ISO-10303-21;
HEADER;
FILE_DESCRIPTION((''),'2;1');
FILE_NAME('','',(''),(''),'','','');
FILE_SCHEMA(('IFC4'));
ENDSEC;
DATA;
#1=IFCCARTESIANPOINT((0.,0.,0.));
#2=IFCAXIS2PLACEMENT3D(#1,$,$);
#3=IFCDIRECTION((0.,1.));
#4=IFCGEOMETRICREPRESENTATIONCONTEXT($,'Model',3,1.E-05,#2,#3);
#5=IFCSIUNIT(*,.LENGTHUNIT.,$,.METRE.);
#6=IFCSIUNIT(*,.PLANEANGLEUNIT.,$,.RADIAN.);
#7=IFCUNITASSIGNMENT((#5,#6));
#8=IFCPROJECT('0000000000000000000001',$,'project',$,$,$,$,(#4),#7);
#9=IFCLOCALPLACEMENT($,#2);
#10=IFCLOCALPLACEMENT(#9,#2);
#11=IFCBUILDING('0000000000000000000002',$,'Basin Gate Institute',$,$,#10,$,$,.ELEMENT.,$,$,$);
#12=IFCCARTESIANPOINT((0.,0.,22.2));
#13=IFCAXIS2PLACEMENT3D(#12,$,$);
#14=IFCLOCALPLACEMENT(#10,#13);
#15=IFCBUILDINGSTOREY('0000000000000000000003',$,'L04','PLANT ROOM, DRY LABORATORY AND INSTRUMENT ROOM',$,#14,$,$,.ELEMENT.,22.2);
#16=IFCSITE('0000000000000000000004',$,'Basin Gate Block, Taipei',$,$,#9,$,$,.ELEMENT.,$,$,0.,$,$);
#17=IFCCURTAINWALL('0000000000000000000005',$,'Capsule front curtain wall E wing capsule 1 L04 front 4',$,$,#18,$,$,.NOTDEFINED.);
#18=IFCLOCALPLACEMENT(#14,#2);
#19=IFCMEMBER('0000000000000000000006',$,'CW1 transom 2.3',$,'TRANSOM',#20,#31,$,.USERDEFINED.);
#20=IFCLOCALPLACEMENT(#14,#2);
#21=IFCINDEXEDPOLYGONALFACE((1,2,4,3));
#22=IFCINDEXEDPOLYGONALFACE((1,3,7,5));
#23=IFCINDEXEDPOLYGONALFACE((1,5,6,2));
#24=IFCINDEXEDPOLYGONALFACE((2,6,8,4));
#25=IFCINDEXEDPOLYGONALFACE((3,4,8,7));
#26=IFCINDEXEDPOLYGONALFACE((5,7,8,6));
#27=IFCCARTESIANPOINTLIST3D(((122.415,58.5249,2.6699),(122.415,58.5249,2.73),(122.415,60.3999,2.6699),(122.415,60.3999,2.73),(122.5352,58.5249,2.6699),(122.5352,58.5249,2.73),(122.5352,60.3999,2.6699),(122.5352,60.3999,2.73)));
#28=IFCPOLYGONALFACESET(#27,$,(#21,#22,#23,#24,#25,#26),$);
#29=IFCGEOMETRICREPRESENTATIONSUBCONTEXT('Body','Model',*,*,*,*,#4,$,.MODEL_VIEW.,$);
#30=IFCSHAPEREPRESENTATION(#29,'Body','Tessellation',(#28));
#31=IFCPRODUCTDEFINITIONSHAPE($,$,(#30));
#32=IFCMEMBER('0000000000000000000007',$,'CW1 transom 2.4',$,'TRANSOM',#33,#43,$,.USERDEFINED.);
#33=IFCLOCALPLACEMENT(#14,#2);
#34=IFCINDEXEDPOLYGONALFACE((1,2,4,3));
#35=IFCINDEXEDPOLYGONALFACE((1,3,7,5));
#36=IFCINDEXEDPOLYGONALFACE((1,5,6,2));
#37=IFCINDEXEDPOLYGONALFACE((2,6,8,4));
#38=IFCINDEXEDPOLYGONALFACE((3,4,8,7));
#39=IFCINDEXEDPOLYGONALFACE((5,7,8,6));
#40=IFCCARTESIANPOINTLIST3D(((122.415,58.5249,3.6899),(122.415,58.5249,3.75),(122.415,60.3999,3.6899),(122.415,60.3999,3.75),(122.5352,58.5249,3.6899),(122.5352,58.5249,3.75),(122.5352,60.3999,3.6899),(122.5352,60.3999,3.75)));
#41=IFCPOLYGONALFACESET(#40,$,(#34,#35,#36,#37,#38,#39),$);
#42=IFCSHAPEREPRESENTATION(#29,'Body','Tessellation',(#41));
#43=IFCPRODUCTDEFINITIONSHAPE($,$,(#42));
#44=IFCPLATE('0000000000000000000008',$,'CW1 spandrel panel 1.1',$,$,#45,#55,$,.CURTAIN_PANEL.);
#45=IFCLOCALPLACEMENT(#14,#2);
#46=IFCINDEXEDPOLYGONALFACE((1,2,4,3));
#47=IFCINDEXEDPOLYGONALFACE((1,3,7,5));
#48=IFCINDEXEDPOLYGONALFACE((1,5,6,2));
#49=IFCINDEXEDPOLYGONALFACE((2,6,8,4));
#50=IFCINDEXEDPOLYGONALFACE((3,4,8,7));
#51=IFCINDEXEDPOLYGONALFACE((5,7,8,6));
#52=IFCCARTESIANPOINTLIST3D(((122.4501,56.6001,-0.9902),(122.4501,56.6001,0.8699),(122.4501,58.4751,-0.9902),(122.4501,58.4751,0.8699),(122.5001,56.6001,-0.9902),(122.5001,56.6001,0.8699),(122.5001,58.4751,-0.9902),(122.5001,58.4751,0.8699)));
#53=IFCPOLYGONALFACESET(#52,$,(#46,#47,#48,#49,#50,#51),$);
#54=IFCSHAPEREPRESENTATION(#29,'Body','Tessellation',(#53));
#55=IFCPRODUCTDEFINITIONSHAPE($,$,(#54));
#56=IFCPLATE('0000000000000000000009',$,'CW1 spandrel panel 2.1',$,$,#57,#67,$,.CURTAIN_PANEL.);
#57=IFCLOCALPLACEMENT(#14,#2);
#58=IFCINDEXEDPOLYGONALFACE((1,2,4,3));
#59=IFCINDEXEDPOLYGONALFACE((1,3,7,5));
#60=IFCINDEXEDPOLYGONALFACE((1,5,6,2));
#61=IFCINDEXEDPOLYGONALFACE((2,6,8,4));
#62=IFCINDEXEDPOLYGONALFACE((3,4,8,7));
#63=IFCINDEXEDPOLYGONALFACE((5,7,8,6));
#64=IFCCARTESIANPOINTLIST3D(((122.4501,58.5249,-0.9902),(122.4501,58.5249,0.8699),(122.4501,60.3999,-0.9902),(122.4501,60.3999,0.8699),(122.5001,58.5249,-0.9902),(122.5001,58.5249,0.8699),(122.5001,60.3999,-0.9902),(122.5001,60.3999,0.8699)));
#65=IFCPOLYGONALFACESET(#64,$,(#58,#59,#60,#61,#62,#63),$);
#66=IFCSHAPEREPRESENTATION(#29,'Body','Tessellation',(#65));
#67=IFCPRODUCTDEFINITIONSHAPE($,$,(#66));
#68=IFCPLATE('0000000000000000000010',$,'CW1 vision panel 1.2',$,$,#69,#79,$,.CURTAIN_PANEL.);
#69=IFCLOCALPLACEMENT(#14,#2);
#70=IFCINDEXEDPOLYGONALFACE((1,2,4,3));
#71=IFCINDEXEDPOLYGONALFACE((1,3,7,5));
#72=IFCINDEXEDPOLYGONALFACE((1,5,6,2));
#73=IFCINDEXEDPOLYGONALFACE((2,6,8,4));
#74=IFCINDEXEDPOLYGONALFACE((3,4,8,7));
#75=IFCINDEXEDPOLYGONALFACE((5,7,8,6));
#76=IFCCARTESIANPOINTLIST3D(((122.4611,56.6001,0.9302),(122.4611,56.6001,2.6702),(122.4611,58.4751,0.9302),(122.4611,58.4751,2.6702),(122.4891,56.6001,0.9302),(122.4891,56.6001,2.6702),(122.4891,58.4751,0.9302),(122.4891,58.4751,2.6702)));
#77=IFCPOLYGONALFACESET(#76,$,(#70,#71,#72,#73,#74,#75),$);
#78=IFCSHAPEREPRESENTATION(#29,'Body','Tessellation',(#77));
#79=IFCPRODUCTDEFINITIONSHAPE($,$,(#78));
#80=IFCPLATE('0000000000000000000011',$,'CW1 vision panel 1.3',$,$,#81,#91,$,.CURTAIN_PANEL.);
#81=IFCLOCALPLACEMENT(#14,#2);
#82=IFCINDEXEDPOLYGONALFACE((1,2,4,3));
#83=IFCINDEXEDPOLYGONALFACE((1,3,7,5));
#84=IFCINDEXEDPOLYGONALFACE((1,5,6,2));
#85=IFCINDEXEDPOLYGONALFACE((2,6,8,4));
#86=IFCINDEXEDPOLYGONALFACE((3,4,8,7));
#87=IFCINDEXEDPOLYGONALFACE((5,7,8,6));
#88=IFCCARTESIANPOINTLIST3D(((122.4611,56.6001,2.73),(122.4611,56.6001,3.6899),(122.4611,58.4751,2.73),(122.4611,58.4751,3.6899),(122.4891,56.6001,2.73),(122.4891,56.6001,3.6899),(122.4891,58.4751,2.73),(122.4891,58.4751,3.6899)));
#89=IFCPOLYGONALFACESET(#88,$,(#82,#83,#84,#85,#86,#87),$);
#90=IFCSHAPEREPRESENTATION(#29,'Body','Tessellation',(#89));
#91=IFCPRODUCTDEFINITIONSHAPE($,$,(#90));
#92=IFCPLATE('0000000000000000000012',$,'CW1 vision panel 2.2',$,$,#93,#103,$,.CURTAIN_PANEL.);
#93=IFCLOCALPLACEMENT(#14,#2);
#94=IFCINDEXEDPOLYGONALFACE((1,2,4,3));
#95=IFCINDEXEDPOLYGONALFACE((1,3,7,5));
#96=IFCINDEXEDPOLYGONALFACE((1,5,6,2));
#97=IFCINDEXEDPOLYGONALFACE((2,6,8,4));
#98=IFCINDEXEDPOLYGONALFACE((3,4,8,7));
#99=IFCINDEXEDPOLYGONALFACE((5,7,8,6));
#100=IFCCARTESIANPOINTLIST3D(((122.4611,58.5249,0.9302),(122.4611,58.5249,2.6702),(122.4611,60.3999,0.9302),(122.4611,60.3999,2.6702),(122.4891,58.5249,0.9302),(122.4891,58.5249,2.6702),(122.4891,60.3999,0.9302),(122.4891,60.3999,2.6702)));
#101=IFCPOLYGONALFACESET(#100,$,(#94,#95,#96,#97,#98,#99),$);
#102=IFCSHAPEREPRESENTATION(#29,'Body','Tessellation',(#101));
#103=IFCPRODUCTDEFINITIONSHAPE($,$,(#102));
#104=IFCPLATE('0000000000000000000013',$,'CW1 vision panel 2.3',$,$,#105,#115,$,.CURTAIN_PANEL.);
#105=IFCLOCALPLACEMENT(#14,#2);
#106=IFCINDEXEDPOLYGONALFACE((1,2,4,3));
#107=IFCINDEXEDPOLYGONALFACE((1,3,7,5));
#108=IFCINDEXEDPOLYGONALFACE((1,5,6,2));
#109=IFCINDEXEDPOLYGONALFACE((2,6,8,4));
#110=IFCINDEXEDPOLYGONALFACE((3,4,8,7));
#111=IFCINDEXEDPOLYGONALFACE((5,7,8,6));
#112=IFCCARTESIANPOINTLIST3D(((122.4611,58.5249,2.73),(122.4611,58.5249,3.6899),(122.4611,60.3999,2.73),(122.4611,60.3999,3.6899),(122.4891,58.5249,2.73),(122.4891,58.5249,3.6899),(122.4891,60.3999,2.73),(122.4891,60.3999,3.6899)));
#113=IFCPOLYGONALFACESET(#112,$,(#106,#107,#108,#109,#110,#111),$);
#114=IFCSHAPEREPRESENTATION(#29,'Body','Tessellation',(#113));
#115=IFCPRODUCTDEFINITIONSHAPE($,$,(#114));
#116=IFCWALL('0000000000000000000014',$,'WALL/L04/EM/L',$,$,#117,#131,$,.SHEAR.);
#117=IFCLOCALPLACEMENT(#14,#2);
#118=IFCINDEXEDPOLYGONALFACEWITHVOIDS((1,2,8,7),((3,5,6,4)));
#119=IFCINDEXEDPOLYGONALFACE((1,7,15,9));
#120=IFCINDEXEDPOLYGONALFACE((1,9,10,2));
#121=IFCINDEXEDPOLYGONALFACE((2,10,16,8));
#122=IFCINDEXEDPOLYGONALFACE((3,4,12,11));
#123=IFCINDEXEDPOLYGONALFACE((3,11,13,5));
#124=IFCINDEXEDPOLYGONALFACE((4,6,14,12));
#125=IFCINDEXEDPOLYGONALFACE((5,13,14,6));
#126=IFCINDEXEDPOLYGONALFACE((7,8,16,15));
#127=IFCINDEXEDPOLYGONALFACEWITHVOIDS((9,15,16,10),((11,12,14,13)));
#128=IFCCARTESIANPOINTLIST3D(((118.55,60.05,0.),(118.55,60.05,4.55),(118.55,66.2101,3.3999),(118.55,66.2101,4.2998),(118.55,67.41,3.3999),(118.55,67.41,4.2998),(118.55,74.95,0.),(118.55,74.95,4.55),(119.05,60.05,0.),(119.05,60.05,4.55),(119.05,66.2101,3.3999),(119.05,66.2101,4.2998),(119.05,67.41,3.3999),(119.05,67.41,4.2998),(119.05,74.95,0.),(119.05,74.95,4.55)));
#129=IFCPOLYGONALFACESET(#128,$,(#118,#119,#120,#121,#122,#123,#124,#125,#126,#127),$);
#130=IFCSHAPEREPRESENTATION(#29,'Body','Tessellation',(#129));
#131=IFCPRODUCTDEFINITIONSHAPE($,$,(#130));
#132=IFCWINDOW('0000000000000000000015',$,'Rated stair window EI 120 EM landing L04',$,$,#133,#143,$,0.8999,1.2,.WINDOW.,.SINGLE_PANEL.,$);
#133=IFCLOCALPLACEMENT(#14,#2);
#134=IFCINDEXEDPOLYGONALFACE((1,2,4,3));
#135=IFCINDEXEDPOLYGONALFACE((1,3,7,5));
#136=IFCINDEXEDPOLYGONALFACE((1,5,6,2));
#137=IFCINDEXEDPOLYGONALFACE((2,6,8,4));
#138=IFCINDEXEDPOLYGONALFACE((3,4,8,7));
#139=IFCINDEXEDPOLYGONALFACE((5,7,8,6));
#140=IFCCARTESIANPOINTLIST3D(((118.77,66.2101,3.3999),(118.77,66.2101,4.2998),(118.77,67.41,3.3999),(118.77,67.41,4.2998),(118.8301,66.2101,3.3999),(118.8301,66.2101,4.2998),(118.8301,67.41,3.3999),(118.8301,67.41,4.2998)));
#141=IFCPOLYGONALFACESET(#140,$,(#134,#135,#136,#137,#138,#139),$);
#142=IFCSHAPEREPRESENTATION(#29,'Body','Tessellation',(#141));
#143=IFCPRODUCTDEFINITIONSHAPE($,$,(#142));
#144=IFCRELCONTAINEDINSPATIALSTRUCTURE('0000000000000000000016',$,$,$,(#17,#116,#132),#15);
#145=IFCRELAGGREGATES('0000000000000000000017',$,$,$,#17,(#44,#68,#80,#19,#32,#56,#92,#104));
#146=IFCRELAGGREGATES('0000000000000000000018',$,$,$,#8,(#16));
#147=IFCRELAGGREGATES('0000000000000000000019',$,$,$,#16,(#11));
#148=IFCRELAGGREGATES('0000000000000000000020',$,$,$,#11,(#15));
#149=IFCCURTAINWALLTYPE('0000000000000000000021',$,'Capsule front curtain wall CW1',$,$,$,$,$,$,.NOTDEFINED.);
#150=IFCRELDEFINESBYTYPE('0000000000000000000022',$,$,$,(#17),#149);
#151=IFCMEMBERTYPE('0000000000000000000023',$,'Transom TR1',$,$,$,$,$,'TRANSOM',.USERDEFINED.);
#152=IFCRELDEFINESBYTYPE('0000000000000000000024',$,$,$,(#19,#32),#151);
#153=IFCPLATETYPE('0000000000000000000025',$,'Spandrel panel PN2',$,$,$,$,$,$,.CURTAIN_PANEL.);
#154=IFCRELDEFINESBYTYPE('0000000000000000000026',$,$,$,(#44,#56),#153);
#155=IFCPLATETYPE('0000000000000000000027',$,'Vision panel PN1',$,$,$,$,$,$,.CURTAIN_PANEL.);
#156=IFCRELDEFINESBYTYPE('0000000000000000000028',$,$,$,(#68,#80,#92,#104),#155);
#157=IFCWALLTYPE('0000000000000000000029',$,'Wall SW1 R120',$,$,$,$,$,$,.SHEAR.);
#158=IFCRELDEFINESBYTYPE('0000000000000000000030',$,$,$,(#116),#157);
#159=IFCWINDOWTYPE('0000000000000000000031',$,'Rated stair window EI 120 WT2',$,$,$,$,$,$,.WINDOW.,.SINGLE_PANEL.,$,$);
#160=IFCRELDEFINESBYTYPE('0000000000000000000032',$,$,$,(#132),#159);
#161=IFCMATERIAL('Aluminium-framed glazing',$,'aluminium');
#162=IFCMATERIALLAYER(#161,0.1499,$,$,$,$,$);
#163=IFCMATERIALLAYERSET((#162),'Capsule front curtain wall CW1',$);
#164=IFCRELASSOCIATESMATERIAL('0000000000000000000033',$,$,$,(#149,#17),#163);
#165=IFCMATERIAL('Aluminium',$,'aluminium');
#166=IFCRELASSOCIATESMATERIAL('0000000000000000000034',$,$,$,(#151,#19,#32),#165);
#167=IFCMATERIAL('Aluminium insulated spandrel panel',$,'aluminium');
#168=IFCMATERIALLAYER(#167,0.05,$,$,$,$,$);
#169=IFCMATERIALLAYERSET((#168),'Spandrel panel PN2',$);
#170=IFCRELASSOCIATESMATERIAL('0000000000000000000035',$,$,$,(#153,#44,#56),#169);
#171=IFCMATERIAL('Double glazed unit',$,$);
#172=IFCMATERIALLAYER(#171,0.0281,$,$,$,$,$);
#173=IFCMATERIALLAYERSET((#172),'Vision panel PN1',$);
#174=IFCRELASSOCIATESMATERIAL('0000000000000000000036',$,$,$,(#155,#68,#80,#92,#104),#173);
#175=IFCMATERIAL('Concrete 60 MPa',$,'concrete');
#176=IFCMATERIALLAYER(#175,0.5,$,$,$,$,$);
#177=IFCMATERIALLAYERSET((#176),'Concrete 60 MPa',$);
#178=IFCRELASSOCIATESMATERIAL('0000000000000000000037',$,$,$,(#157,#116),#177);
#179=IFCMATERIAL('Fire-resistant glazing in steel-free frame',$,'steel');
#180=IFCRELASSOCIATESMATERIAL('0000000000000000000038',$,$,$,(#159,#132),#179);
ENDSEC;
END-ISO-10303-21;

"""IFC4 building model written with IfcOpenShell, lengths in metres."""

from ifc_helpers import new_model, si_unit, direction, frame, frame_2d, origin, origin_2d, place, context, subcontext, project, spatial, rectangle, extrude, material, layer, layer_set, material_profile, profile_set, type_object, element, fill, aggregate, save


model = new_model("IFC4")

# Units and contexts
model_context = context("Model", 3, precision=1e-05, world=origin(), true_north=direction((0.0, 1.0)))
body_context = subcontext(model_context, "Body", "Model", "MODEL_VIEW")
ifc_project = project(units=[si_unit("LENGTHUNIT", "METRE"), si_unit("PLANEANGLEUNIT", "RADIAN")], contexts=[model_context])

# Site, building, storey
site_placement = place(None, origin())
site = spatial("IfcSite", under=ifc_project, at=site_placement, Name="Basin Gate Block, Taipei", CompositionType="ELEMENT", RefElevation=0.0)
building_placement = place(site_placement, origin())
building = spatial("IfcBuilding", under=site, at=building_placement, Name="Basin Gate Institute", CompositionType="ELEMENT")
storey_placement = place(building_placement, frame((0.0, 0.0, 22.2)))
storey = spatial("IfcBuildingStorey", under=building, at=storey_placement, Name="L04", Description="PLANT ROOM, DRY LABORATORY AND INSTRUMENT ROOM", CompositionType="ELEMENT", Elevation=22.2)

# Curtain wall
ifc_material_1 = material(Name="Aluminium-framed glazing", Category="aluminium")
ifc_layer_1 = layer(ifc_material_1, 0.1499)
ifc_layer_set_1 = layer_set([ifc_layer_1], Name="Capsule front curtain wall CW1")
curtain_wall_type = type_object("IfcCurtainWallType", Name="Capsule front curtain wall CW1", PredefinedType="NOTDEFINED", material=ifc_layer_set_1)
curtain_wall_1_placement = place(storey_placement, origin())
curtain_wall_1 = element("IfcCurtainWall", 1, at=curtain_wall_1_placement, inside=storey, type_object=curtain_wall_type, material=ifc_layer_set_1, Name="Capsule front curtain wall E wing capsule 1 L04 front 4", PredefinedType="NOTDEFINED")

# Members
ifc_material_2 = material(Name="Aluminium", Category="aluminium")
ifc_material_profile_1 = material_profile(ifc_material_2, rectangle(XDim=0.1201, YDim=0.0601, at=origin_2d()), Name="Transom TR1 120 x 60")
ifc_profile_set_1 = profile_set([ifc_material_profile_1], Name="Aluminium")
member_type_1 = type_object("IfcMemberType", Name="Transom TR1", ElementType="TRANSOM", PredefinedType="USERDEFINED", material=ifc_profile_set_1)
member_1_placement = place(storey_placement, frame((122.4751, 58.5249, 2.7), z_axis=(0.0, 1.0, 0.0), x_axis=(-1.0, 0.0, 0.0)))
member_1 = element("IfcMember", 2, at=member_1_placement, type_object=member_type_1, material=ifc_profile_set_1, Name="CW1 transom 2.3", ObjectType="TRANSOM", PredefinedType="USERDEFINED", context=body_context, shape_type="SweptSolid", body=[
    extrude(rectangle(XDim=0.1201, YDim=0.0601, at=origin_2d()), origin(), (0.0, 0.0, 1.0), 1.875),
])
member_2_placement = place(storey_placement, frame((122.4751, 58.5249, 3.72), z_axis=(0.0, 1.0, 0.0), x_axis=(-1.0, 0.0, 0.0)))
member_2 = element("IfcMember", 3, at=member_2_placement, type_object=member_type_1, material=ifc_profile_set_1, Name="CW1 transom 2.4", ObjectType="TRANSOM", PredefinedType="USERDEFINED", context=body_context, shape_type="SweptSolid", body=[
    extrude(rectangle(XDim=0.1201, YDim=0.0601, at=origin_2d()), origin(), (0.0, 0.0, 1.0), 1.875),
])

# Plates
ifc_material_3 = material(Name="Aluminium insulated spandrel panel", Category="aluminium")
ifc_layer_2 = layer(ifc_material_3, 0.05)
ifc_layer_set_2 = layer_set([ifc_layer_2], Name="Spandrel panel PN2")
plate_type_1 = type_object("IfcPlateType", Name="Spandrel panel PN2", PredefinedType="CURTAIN_PANEL", material=ifc_layer_set_2)
plate_1_placement = place(storey_placement, frame((122.4751, 57.5376, -0.9902), z_axis=(0.0, 0.0, 1.0), x_axis=(0.0, 1.0, 0.0)))
plate_1 = element("IfcPlate", 4, at=plate_1_placement, type_object=plate_type_1, material=ifc_layer_set_2, Name="CW1 spandrel panel 1.1", PredefinedType="CURTAIN_PANEL", context=body_context, shape_type="SweptSolid", body=[
    extrude(rectangle(XDim=1.875, YDim=0.05, at=origin_2d()), origin(), (0.0, 0.0, 1.0), 1.8601),
])
plate_2_placement = place(storey_placement, frame((122.4751, 59.4624, -0.9902), z_axis=(0.0, 0.0, 1.0), x_axis=(0.0, 1.0, 0.0)))
plate_2 = element("IfcPlate", 5, at=plate_2_placement, type_object=plate_type_1, material=ifc_layer_set_2, Name="CW1 spandrel panel 2.1", PredefinedType="CURTAIN_PANEL", context=body_context, shape_type="SweptSolid", body=[
    extrude(rectangle(XDim=1.875, YDim=0.05, at=origin_2d()), origin(), (0.0, 0.0, 1.0), 1.8601),
])
ifc_material_4 = material(Name="Double glazed unit")
ifc_layer_3 = layer(ifc_material_4, 0.0281)
ifc_layer_set_3 = layer_set([ifc_layer_3], Name="Vision panel PN1")
plate_type_2 = type_object("IfcPlateType", Name="Vision panel PN1", PredefinedType="CURTAIN_PANEL", material=ifc_layer_set_3)
plate_3_placement = place(storey_placement, frame((122.4751, 57.5376, 0.9302), z_axis=(0.0, 0.0, 1.0), x_axis=(0.0, 1.0, 0.0)))
plate_3 = element("IfcPlate", 6, at=plate_3_placement, type_object=plate_type_2, material=ifc_layer_set_3, Name="CW1 vision panel 1.2", PredefinedType="CURTAIN_PANEL", context=body_context, shape_type="SweptSolid", body=[
    extrude(rectangle(XDim=1.875, YDim=0.0281, at=origin_2d()), origin(), (0.0, 0.0, 1.0), 1.74),
])
plate_4_placement = place(storey_placement, frame((122.4751, 57.5376, 2.73), z_axis=(0.0, 0.0, 1.0), x_axis=(0.0, 1.0, 0.0)))
plate_4 = element("IfcPlate", 7, at=plate_4_placement, type_object=plate_type_2, material=ifc_layer_set_3, Name="CW1 vision panel 1.3", PredefinedType="CURTAIN_PANEL", context=body_context, shape_type="SweptSolid", body=[
    extrude(rectangle(XDim=1.875, YDim=0.0281, at=origin_2d()), origin(), (0.0, 0.0, 1.0), 0.96),
])
plate_5_placement = place(storey_placement, frame((122.4751, 59.4624, 0.9302), z_axis=(0.0, 0.0, 1.0), x_axis=(0.0, 1.0, 0.0)))
plate_5 = element("IfcPlate", 8, at=plate_5_placement, type_object=plate_type_2, material=ifc_layer_set_3, Name="CW1 vision panel 2.2", PredefinedType="CURTAIN_PANEL", context=body_context, shape_type="SweptSolid", body=[
    extrude(rectangle(XDim=1.875, YDim=0.0281, at=origin_2d()), origin(), (0.0, 0.0, 1.0), 1.74),
])
plate_6_placement = place(storey_placement, frame((122.4751, 59.4624, 2.73), z_axis=(0.0, 0.0, 1.0), x_axis=(0.0, 1.0, 0.0)))
plate_6 = element("IfcPlate", 9, at=plate_6_placement, type_object=plate_type_2, material=ifc_layer_set_3, Name="CW1 vision panel 2.3", PredefinedType="CURTAIN_PANEL", context=body_context, shape_type="SweptSolid", body=[
    extrude(rectangle(XDim=1.875, YDim=0.0281, at=origin_2d()), origin(), (0.0, 0.0, 1.0), 0.96),
])
aggregate(curtain_wall_1, [plate_1, plate_3, plate_4, member_1, member_2, plate_2, plate_5, plate_6])

# Wall, opening, window
ifc_material_5 = material(Name="Concrete 60 MPa", Category="concrete")
ifc_layer_4 = layer(ifc_material_5, 0.5)
ifc_layer_set_4 = layer_set([ifc_layer_4], Name="Concrete 60 MPa")
wall_type = type_object("IfcWallType", Name="Wall SW1 R120", PredefinedType="SHEAR", material=ifc_layer_set_4)
wall_placement = place(storey_placement, frame((118.8, 60.05, 0.0), z_axis=(0.0, 0.0, 1.0), x_axis=(0.0, 1.0, 0.0)))
wall = element("IfcWall", 10, at=wall_placement, inside=storey, type_object=wall_type, material=ifc_layer_set_4, Name="WALL/L04/EM/L", PredefinedType="SHEAR", context=body_context, shape_type="SweptSolid", body=[
    extrude(rectangle(XDim=14.8999, YDim=0.5, at=frame_2d((7.45, 0.0))), origin(), (0.0, 0.0, 1.0), 4.55),
])
opening_placement = place(wall_placement, frame((6.1599, 0.0, 3.3999)))
opening = element("IfcOpeningElement", 11, at=opening_placement, cuts=wall, PredefinedType="OPENING", context=body_context, shape_type="SweptSolid", body=[
    extrude(rectangle(XDim=1.2, YDim=0.8999, at=frame_2d((0.6001, 0.45))), frame((0.0, 0.26, 0.0), z_axis=(0.0, -1.0, 0.0), x_axis=(1.0, 0.0, 0.0)), (0.0, 0.0, 1.0), 0.52),
])
ifc_material_6 = material(Name="Fire-resistant glazing in steel-free frame", Category="steel")
window_type = type_object("IfcWindowType", Name="Rated stair window EI 120 WT2", PartitioningType="SINGLE_PANEL", PredefinedType="WINDOW", material=ifc_material_6)
window_placement = place(opening_placement, origin())
window = element("IfcWindow", 12, at=window_placement, inside=storey, type_object=window_type, material=ifc_material_6, Name="Rated stair window EI 120 EM landing L04", OverallHeight=0.8999, OverallWidth=1.2, PartitioningType="SINGLE_PANEL", PredefinedType="WINDOW", context=body_context, shape_type="SweptSolid", body=[
    extrude(rectangle(XDim=1.2, YDim=0.8999, at=frame_2d((0.6001, 0.45))), frame((0.0, 0.03, 0.0), z_axis=(0.0, -1.0, 0.0), x_axis=(1.0, 0.0, 0.0)), (0.0, 0.0, 1.0), 0.0601),
])
fill(opening, window)

save(model, "model.ifc")
